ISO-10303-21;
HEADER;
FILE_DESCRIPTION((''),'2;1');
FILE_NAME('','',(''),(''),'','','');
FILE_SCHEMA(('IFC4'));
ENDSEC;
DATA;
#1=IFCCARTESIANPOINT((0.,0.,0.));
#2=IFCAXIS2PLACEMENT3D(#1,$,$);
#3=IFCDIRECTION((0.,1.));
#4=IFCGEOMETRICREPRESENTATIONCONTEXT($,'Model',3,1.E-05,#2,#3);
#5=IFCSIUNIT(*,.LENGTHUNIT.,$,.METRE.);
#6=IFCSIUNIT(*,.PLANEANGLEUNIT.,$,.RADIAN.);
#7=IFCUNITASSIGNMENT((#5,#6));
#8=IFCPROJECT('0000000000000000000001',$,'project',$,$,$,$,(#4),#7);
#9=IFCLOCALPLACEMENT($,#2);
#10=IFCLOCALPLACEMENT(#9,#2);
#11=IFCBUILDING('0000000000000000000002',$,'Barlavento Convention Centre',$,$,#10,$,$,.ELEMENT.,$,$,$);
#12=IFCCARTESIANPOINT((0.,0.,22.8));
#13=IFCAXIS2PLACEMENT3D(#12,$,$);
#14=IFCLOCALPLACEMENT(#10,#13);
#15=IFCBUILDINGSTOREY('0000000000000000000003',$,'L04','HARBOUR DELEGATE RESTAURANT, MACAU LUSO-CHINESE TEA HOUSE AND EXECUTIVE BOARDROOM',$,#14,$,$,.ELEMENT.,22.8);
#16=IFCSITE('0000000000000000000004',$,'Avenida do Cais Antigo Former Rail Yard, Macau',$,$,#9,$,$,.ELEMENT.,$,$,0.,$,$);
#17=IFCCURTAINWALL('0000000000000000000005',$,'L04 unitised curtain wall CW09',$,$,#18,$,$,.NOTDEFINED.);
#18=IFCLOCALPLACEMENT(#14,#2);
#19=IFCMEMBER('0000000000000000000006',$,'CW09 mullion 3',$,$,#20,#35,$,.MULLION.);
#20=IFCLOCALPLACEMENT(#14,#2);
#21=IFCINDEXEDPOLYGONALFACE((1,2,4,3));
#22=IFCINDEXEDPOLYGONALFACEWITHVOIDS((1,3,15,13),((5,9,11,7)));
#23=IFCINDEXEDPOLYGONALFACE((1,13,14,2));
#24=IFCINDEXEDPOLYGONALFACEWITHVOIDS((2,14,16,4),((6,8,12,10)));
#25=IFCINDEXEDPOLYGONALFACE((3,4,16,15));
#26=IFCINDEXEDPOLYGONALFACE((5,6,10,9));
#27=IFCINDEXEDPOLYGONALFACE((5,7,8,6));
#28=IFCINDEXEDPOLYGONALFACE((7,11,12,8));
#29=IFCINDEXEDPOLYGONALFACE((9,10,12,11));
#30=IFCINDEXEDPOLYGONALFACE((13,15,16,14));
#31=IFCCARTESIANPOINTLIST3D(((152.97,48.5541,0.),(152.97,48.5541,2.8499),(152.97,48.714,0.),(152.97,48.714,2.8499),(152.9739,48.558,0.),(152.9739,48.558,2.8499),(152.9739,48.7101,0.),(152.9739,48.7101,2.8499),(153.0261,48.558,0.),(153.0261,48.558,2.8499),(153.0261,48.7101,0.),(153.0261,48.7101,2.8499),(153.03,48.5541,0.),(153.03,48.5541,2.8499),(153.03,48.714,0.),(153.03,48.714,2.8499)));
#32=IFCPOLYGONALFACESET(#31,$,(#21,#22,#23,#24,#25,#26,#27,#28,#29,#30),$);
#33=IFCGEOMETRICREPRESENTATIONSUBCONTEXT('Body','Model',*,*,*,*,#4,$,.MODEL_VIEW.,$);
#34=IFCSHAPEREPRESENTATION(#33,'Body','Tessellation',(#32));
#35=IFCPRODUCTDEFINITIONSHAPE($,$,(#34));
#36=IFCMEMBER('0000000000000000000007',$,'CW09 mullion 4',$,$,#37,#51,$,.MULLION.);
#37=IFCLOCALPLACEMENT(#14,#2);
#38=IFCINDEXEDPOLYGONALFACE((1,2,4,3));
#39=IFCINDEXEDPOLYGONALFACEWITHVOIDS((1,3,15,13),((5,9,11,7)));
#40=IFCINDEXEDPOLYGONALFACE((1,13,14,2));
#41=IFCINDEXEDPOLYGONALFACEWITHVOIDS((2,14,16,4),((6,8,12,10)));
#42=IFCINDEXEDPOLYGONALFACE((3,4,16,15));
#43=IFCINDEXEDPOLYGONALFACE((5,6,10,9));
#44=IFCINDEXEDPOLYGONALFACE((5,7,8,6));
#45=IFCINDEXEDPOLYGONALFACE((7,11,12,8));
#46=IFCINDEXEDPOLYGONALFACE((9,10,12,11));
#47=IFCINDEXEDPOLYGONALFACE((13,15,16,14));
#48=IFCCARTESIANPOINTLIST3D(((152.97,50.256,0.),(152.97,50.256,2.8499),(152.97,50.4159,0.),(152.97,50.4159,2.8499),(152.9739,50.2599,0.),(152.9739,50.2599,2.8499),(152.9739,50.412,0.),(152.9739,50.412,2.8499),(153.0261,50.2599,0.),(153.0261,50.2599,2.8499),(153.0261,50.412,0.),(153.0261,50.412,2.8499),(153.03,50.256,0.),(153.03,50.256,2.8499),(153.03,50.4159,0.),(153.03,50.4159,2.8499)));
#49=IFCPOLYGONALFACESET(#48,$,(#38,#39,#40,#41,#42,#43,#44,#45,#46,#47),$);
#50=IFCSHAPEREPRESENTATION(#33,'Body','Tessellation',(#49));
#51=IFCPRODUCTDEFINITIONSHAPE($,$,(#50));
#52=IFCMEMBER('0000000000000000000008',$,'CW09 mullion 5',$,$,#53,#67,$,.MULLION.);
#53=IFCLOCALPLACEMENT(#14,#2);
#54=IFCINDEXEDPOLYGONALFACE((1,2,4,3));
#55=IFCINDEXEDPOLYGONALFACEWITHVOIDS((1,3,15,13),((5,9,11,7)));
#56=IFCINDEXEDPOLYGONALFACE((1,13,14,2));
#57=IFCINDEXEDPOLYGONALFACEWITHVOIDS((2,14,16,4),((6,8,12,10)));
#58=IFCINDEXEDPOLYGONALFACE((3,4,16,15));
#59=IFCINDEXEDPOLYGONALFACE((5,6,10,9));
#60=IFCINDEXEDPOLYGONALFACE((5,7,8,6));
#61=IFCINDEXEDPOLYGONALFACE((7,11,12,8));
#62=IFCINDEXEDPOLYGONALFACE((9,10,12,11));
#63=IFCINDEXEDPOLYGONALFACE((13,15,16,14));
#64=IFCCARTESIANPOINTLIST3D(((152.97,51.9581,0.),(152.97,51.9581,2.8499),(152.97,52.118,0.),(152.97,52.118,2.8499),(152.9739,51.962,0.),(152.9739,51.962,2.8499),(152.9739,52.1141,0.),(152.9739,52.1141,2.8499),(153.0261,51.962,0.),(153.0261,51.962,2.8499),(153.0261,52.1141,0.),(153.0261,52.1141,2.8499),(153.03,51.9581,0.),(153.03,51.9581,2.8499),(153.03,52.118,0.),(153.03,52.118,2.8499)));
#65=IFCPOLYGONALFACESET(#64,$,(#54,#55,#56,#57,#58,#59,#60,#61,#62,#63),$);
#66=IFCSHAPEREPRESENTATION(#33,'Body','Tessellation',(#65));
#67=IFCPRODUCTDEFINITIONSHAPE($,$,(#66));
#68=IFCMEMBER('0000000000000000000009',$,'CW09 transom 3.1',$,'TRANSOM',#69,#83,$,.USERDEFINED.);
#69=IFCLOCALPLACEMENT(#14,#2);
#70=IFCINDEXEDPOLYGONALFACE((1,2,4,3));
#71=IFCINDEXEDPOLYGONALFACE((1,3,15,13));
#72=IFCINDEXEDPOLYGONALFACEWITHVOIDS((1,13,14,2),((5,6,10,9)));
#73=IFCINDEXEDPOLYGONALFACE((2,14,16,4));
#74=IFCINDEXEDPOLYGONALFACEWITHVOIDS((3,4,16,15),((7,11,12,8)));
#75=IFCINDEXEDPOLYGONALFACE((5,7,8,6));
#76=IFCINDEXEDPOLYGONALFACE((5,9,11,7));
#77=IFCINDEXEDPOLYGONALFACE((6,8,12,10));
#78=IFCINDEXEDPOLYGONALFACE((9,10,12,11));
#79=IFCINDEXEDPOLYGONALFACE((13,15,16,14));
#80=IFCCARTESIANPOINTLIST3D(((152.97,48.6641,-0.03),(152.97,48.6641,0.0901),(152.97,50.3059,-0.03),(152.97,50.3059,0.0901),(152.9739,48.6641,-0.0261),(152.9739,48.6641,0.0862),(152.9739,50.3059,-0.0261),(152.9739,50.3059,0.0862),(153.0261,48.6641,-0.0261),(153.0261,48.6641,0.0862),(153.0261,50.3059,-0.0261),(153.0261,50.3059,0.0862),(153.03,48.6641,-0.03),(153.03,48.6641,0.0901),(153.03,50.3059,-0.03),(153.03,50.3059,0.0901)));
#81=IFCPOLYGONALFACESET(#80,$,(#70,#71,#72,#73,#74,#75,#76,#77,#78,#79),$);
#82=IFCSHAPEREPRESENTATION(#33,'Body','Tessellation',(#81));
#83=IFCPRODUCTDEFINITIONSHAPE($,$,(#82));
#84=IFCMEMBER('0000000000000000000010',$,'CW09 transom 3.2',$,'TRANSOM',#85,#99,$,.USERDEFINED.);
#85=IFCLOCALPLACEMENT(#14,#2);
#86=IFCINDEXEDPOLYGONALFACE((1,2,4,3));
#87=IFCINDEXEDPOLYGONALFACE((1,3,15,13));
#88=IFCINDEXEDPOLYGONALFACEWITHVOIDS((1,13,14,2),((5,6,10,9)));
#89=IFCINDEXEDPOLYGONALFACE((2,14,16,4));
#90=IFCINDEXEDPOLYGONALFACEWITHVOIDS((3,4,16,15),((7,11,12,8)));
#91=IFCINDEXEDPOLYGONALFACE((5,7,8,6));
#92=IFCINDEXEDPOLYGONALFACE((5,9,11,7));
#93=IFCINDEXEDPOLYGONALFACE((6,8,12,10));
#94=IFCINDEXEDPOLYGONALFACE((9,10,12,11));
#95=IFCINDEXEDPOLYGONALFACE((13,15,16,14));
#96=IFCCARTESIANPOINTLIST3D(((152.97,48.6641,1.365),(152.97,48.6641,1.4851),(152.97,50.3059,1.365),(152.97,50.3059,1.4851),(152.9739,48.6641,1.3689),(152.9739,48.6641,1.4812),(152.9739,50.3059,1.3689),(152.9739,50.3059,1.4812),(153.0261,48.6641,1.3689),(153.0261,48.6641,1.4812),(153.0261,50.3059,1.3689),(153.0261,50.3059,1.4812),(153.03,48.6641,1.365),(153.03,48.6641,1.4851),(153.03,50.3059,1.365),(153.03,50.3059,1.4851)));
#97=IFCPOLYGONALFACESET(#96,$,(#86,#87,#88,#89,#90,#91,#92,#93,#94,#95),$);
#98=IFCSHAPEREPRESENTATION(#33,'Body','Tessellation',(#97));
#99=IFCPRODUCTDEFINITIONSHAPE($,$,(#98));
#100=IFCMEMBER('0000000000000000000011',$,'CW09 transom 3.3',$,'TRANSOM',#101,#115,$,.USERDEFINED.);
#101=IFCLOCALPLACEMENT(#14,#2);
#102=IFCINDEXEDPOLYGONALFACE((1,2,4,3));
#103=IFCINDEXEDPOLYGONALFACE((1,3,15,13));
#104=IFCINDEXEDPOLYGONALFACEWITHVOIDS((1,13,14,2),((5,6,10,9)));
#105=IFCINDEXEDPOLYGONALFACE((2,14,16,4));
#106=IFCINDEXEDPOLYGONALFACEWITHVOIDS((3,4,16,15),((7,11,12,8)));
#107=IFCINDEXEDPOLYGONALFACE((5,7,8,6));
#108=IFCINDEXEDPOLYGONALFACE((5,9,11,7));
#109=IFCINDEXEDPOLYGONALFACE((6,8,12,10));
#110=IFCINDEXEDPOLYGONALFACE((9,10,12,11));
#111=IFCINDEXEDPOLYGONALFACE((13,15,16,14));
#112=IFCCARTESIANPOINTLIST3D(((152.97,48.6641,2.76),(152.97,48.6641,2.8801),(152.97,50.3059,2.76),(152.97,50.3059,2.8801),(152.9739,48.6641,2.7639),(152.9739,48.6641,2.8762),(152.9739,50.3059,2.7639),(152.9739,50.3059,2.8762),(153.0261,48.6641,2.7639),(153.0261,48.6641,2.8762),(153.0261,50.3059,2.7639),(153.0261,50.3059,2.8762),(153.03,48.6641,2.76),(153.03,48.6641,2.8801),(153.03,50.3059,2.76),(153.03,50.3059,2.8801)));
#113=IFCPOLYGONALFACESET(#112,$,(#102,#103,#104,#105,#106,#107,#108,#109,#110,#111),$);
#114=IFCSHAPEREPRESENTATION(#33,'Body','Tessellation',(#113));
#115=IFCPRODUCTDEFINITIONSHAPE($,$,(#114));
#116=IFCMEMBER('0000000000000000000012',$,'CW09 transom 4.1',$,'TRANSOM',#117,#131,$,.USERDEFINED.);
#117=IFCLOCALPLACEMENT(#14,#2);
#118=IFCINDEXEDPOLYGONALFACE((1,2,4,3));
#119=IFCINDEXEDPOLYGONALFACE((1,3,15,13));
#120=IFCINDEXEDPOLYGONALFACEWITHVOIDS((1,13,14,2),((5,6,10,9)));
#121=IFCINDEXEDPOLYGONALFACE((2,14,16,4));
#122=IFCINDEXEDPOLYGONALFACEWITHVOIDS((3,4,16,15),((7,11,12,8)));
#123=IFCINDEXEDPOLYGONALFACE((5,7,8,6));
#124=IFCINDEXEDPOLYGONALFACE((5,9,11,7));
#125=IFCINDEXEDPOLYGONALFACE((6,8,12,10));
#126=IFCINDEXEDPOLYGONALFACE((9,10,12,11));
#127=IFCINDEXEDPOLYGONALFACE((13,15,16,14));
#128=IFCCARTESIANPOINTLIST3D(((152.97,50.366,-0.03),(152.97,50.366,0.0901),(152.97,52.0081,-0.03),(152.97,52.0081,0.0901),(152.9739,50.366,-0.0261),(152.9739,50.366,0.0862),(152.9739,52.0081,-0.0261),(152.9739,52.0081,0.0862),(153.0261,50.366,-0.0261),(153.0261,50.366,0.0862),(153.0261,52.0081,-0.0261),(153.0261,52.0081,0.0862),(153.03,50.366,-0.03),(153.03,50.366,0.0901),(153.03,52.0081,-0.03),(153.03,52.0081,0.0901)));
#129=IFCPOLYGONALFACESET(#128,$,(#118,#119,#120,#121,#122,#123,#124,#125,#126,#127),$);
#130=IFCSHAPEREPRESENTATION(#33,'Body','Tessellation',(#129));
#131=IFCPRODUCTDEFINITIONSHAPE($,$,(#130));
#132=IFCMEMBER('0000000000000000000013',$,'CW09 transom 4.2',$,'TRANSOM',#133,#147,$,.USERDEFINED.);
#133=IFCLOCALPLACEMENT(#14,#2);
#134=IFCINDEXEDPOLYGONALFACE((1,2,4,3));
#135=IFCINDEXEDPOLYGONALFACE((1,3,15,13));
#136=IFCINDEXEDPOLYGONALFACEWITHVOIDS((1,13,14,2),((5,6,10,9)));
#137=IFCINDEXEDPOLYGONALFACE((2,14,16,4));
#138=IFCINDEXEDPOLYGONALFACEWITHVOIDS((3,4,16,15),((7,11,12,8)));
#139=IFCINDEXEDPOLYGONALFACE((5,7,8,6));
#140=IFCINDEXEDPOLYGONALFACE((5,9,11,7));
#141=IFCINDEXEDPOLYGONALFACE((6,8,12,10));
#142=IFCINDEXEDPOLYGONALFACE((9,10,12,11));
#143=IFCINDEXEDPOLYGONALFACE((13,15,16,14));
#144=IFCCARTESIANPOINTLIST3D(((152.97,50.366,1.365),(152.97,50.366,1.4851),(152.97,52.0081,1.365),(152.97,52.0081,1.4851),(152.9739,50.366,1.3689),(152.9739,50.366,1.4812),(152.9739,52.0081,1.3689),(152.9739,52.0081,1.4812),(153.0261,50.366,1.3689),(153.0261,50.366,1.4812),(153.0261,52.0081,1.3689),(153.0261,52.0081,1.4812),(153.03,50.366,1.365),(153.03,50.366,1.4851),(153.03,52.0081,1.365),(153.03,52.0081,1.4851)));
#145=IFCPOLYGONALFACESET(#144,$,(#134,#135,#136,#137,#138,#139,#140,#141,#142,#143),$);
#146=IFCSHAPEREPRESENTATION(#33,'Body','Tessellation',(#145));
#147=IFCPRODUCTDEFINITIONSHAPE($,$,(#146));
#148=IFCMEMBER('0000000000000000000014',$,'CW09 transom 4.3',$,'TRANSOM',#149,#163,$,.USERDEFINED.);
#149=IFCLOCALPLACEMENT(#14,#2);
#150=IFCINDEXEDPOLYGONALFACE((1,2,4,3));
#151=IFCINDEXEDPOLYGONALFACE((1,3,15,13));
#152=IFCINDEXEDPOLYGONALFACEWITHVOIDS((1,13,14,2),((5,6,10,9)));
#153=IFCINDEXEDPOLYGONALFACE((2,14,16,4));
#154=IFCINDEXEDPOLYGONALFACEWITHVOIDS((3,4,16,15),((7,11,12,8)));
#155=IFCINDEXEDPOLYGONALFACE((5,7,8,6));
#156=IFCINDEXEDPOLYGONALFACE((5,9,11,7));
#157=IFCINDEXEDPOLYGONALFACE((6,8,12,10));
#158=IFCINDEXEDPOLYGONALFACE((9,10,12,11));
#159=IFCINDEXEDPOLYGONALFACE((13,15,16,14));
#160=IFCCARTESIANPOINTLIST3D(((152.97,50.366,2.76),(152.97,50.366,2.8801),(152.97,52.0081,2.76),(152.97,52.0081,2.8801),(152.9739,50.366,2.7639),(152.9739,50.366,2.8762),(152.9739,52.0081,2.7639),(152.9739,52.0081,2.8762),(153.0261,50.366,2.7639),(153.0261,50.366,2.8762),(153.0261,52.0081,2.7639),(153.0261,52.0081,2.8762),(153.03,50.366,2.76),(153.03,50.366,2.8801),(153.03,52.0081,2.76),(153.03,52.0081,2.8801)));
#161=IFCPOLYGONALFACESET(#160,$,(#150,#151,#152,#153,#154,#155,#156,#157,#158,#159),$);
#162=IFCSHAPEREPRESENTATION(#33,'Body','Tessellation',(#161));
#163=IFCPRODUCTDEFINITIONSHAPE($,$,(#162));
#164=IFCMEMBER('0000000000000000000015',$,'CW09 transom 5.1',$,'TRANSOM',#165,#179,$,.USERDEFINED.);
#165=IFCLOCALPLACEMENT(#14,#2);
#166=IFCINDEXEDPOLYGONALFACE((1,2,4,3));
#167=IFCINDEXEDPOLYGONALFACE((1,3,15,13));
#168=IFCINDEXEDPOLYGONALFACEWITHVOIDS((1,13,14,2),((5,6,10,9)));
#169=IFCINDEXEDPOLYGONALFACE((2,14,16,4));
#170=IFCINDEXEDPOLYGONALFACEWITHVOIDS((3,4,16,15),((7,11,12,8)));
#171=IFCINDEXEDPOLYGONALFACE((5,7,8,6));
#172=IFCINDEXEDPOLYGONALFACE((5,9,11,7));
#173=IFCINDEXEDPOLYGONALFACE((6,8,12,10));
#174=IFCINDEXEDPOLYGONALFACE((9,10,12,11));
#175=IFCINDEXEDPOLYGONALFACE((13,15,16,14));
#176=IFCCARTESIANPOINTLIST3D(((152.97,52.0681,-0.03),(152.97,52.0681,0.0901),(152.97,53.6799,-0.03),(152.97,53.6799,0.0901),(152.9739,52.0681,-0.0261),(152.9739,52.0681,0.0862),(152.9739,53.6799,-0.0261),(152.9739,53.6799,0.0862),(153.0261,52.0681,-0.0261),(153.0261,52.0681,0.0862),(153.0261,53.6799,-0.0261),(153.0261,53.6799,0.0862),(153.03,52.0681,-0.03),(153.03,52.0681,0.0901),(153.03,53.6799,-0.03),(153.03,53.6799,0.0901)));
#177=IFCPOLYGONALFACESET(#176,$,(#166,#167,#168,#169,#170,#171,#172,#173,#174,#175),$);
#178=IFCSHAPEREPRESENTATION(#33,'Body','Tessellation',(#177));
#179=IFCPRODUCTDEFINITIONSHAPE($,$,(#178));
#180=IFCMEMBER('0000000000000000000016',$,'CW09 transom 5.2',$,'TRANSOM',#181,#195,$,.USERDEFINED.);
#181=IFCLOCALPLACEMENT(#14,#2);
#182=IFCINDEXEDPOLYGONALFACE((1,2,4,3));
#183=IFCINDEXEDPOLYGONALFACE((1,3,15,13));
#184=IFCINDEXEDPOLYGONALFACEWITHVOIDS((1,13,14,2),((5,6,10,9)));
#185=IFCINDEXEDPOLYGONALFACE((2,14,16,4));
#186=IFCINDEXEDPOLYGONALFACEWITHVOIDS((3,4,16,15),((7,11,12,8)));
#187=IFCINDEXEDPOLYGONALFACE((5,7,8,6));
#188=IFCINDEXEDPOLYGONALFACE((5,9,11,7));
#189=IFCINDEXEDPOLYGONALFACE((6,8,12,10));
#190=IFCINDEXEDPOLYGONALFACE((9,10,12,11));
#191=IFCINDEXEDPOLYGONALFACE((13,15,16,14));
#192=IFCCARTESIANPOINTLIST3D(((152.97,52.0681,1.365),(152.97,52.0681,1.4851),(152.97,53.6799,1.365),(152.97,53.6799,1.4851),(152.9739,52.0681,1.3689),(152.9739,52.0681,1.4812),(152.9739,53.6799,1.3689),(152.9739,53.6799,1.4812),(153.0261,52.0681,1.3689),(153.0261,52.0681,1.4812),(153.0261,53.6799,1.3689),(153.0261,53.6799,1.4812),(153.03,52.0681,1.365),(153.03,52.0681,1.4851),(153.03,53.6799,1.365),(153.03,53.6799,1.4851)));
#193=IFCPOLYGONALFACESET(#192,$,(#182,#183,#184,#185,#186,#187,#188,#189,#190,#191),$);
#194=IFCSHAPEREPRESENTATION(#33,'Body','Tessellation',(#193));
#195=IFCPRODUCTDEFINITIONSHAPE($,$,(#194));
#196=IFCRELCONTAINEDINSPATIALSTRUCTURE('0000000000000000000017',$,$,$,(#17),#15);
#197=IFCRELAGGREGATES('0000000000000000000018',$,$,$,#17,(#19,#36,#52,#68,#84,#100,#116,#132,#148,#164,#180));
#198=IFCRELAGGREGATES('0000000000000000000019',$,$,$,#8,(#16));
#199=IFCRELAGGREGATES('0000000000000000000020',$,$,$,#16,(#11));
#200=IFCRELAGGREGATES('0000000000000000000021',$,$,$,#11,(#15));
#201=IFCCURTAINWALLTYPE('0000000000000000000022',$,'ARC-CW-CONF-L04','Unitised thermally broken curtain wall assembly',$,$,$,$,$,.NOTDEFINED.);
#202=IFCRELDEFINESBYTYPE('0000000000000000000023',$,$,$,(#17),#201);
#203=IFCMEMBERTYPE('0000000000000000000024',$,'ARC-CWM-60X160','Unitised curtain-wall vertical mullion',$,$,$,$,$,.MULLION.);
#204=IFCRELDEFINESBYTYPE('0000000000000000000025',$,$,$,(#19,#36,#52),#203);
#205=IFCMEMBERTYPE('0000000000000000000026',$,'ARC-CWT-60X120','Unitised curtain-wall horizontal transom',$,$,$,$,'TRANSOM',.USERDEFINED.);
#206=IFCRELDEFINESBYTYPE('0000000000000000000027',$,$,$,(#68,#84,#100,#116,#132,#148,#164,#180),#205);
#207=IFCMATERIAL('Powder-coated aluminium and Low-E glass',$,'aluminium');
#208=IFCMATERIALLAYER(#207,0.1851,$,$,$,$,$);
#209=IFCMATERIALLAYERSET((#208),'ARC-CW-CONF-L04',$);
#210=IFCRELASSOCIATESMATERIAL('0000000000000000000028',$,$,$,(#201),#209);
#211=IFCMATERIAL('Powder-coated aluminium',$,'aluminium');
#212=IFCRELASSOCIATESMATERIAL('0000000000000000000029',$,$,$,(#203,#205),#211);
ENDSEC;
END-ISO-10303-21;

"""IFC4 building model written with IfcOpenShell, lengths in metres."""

from ifc_helpers import new_model, si_unit, direction, frame, origin, origin_2d, place, context, subcontext, project, spatial, hollow_rectangle, extrude, material, layer, layer_set, material_profile, profile_set, type_object, element, aggregate, save


model = new_model("IFC4")

# Units and contexts
model_context = context("Model", 3, precision=1e-05, world=origin(), true_north=direction((0.0, 1.0)))
body_context = subcontext(model_context, "Body", "Model", "MODEL_VIEW")
ifc_project = project(units=[si_unit("LENGTHUNIT", "METRE"), si_unit("PLANEANGLEUNIT", "RADIAN")], contexts=[model_context])

# Site, building, storey
site_placement = place(None, origin())
site = spatial("IfcSite", under=ifc_project, at=site_placement, Name="Avenida do Cais Antigo Former Rail Yard, Macau", CompositionType="ELEMENT", RefElevation=0.0)
building_placement = place(site_placement, origin())
building = spatial("IfcBuilding", under=site, at=building_placement, Name="Barlavento Convention Centre", CompositionType="ELEMENT")
storey_placement = place(building_placement, frame((0.0, 0.0, 22.8)))
storey = spatial("IfcBuildingStorey", under=building, at=storey_placement, Name="L04", Description="HARBOUR DELEGATE RESTAURANT, MACAU LUSO-CHINESE TEA HOUSE AND EXECUTIVE BOARDROOM", CompositionType="ELEMENT", Elevation=22.8)

# Curtain wall, members
ifc_material_1 = material(Name="Powder-coated aluminium and Low-E glass", Category="aluminium")
ifc_layer_1 = layer(ifc_material_1, 0.1851)
ifc_layer_set_1 = layer_set([ifc_layer_1], Name="ARC-CW-CONF-L04")
curtain_wall_type = type_object("IfcCurtainWallType", Name="ARC-CW-CONF-L04", Description="Unitised thermally broken curtain wall assembly", PredefinedType="NOTDEFINED", material=ifc_layer_set_1)
curtain_wall_placement = place(storey_placement, origin())
curtain_wall = element("IfcCurtainWall", 1, at=curtain_wall_placement, inside=storey, type_object=curtain_wall_type, Name="L04 unitised curtain wall CW09", PredefinedType="NOTDEFINED")
ifc_material_2 = material(Name="Powder-coated aluminium", Category="aluminium")
ifc_material_profile_1 = material_profile(ifc_material_2, hollow_rectangle(XDim=0.0601, YDim=0.1599, WallThickness=0.0039, at=origin_2d()), Name="AL-MULL 60x160x4")
ifc_profile_set_1 = profile_set([ifc_material_profile_1], Name="Powder-coated aluminium")
member_type_1 = type_object("IfcMemberType", Name="ARC-CWM-60X160", Description="Unitised curtain-wall vertical mullion", PredefinedType="MULLION", material=ifc_profile_set_1)
member_1_placement = place(storey_placement, frame((153.0, 48.634, 0.0), z_axis=(0.0, 0.0, 1.0), x_axis=(-1.0, 0.0, 0.0)))
member_1 = element("IfcMember", 2, at=member_1_placement, type_object=member_type_1, Name="CW09 mullion 3", PredefinedType="MULLION", context=body_context, shape_type="SweptSolid", body=[
    extrude(hollow_rectangle(XDim=0.0601, YDim=0.1599, WallThickness=0.0039, at=origin_2d()), origin(), (0.0, 0.0, 1.0), 2.8499),
])
member_2_placement = place(storey_placement, frame((153.0, 50.3359, 0.0), z_axis=(0.0, 0.0, 1.0), x_axis=(-1.0, 0.0, 0.0)))
member_2 = element("IfcMember", 3, at=member_2_placement, type_object=member_type_1, Name="CW09 mullion 4", PredefinedType="MULLION", context=body_context, shape_type="SweptSolid", body=[
    extrude(hollow_rectangle(XDim=0.0601, YDim=0.1599, WallThickness=0.0039, at=origin_2d()), origin(), (0.0, 0.0, 1.0), 2.8499),
])
member_3_placement = place(storey_placement, frame((153.0, 52.0381, 0.0), z_axis=(0.0, 0.0, 1.0), x_axis=(-1.0, 0.0, 0.0)))
member_3 = element("IfcMember", 4, at=member_3_placement, type_object=member_type_1, Name="CW09 mullion 5", PredefinedType="MULLION", context=body_context, shape_type="SweptSolid", body=[
    extrude(hollow_rectangle(XDim=0.0601, YDim=0.1599, WallThickness=0.0039, at=origin_2d()), origin(), (0.0, 0.0, 1.0), 2.8499),
])
ifc_material_profile_2 = material_profile(ifc_material_2, hollow_rectangle(XDim=0.0601, YDim=0.1201, WallThickness=0.0039, at=origin_2d()), Name="AL-TRAN 60x120x4")
ifc_profile_set_2 = profile_set([ifc_material_profile_2], Name="Powder-coated aluminium")
member_type_2 = type_object("IfcMemberType", Name="ARC-CWT-60X120", Description="Unitised curtain-wall horizontal transom", ElementType="TRANSOM", PredefinedType="USERDEFINED", material=ifc_profile_set_2)
member_4_placement = place(storey_placement, frame((153.0, 48.6641, 0.03), z_axis=(0.0, 1.0, 0.0), x_axis=(-1.0, 0.0, 0.0)))
member_4 = element("IfcMember", 5, at=member_4_placement, type_object=member_type_2, Name="CW09 transom 3.1", ObjectType="TRANSOM", PredefinedType="USERDEFINED", context=body_context, shape_type="SweptSolid", body=[
    extrude(hollow_rectangle(XDim=0.0601, YDim=0.1201, WallThickness=0.0039, at=origin_2d()), origin(), (0.0, 0.0, 1.0), 1.6418),
])
member_5_placement = place(storey_placement, frame((153.0, 48.6641, 1.425), z_axis=(0.0, 1.0, 0.0), x_axis=(-1.0, 0.0, 0.0)))
member_5 = element("IfcMember", 6, at=member_5_placement, type_object=member_type_2, Name="CW09 transom 3.2", ObjectType="TRANSOM", PredefinedType="USERDEFINED", context=body_context, shape_type="SweptSolid", body=[
    extrude(hollow_rectangle(XDim=0.0601, YDim=0.1201, WallThickness=0.0039, at=origin_2d()), origin(), (0.0, 0.0, 1.0), 1.6418),
])
member_6_placement = place(storey_placement, frame((153.0, 48.6641, 2.8201), z_axis=(0.0, 1.0, 0.0), x_axis=(-1.0, 0.0, 0.0)))
member_6 = element("IfcMember", 7, at=member_6_placement, type_object=member_type_2, Name="CW09 transom 3.3", ObjectType="TRANSOM", PredefinedType="USERDEFINED", context=body_context, shape_type="SweptSolid", body=[
    extrude(hollow_rectangle(XDim=0.0601, YDim=0.1201, WallThickness=0.0039, at=origin_2d()), origin(), (0.0, 0.0, 1.0), 1.6418),
])
member_7_placement = place(storey_placement, frame((153.0, 50.366, 0.03), z_axis=(0.0, 1.0, 0.0), x_axis=(-1.0, 0.0, 0.0)))
member_7 = element("IfcMember", 8, at=member_7_placement, type_object=member_type_2, Name="CW09 transom 4.1", ObjectType="TRANSOM", PredefinedType="USERDEFINED", context=body_context, shape_type="SweptSolid", body=[
    extrude(hollow_rectangle(XDim=0.0601, YDim=0.1201, WallThickness=0.0039, at=origin_2d()), origin(), (0.0, 0.0, 1.0), 1.6421),
])
member_8_placement = place(storey_placement, frame((153.0, 50.366, 1.425), z_axis=(0.0, 1.0, 0.0), x_axis=(-1.0, 0.0, 0.0)))
member_8 = element("IfcMember", 9, at=member_8_placement, type_object=member_type_2, Name="CW09 transom 4.2", ObjectType="TRANSOM", PredefinedType="USERDEFINED", context=body_context, shape_type="SweptSolid", body=[
    extrude(hollow_rectangle(XDim=0.0601, YDim=0.1201, WallThickness=0.0039, at=origin_2d()), origin(), (0.0, 0.0, 1.0), 1.6421),
])
member_9_placement = place(storey_placement, frame((153.0, 50.366, 2.8201), z_axis=(0.0, 1.0, 0.0), x_axis=(-1.0, 0.0, 0.0)))
member_9 = element("IfcMember", 10, at=member_9_placement, type_object=member_type_2, Name="CW09 transom 4.3", ObjectType="TRANSOM", PredefinedType="USERDEFINED", context=body_context, shape_type="SweptSolid", body=[
    extrude(hollow_rectangle(XDim=0.0601, YDim=0.1201, WallThickness=0.0039, at=origin_2d()), origin(), (0.0, 0.0, 1.0), 1.6421),
])
member_10_placement = place(storey_placement, frame((153.0, 52.0681, 0.03), z_axis=(0.0, 1.0, 0.0), x_axis=(-1.0, 0.0, 0.0)))
member_10 = element("IfcMember", 11, at=member_10_placement, type_object=member_type_2, Name="CW09 transom 5.1", ObjectType="TRANSOM", PredefinedType="USERDEFINED", context=body_context, shape_type="SweptSolid", body=[
    extrude(hollow_rectangle(XDim=0.0601, YDim=0.1201, WallThickness=0.0039, at=origin_2d()), origin(), (0.0, 0.0, 1.0), 1.6118),
])
member_11_placement = place(storey_placement, frame((153.0, 52.0681, 1.425), z_axis=(0.0, 1.0, 0.0), x_axis=(-1.0, 0.0, 0.0)))
member_11 = element("IfcMember", 12, at=member_11_placement, type_object=member_type_2, Name="CW09 transom 5.2", ObjectType="TRANSOM", PredefinedType="USERDEFINED", context=body_context, shape_type="SweptSolid", body=[
    extrude(hollow_rectangle(XDim=0.0601, YDim=0.1201, WallThickness=0.0039, at=origin_2d()), origin(), (0.0, 0.0, 1.0), 1.6118),
])
aggregate(curtain_wall, [member_1, member_2, member_3, member_4, member_5, member_6, member_7, member_8, member_9, member_10, member_11])

save(model, "model.ifc")
